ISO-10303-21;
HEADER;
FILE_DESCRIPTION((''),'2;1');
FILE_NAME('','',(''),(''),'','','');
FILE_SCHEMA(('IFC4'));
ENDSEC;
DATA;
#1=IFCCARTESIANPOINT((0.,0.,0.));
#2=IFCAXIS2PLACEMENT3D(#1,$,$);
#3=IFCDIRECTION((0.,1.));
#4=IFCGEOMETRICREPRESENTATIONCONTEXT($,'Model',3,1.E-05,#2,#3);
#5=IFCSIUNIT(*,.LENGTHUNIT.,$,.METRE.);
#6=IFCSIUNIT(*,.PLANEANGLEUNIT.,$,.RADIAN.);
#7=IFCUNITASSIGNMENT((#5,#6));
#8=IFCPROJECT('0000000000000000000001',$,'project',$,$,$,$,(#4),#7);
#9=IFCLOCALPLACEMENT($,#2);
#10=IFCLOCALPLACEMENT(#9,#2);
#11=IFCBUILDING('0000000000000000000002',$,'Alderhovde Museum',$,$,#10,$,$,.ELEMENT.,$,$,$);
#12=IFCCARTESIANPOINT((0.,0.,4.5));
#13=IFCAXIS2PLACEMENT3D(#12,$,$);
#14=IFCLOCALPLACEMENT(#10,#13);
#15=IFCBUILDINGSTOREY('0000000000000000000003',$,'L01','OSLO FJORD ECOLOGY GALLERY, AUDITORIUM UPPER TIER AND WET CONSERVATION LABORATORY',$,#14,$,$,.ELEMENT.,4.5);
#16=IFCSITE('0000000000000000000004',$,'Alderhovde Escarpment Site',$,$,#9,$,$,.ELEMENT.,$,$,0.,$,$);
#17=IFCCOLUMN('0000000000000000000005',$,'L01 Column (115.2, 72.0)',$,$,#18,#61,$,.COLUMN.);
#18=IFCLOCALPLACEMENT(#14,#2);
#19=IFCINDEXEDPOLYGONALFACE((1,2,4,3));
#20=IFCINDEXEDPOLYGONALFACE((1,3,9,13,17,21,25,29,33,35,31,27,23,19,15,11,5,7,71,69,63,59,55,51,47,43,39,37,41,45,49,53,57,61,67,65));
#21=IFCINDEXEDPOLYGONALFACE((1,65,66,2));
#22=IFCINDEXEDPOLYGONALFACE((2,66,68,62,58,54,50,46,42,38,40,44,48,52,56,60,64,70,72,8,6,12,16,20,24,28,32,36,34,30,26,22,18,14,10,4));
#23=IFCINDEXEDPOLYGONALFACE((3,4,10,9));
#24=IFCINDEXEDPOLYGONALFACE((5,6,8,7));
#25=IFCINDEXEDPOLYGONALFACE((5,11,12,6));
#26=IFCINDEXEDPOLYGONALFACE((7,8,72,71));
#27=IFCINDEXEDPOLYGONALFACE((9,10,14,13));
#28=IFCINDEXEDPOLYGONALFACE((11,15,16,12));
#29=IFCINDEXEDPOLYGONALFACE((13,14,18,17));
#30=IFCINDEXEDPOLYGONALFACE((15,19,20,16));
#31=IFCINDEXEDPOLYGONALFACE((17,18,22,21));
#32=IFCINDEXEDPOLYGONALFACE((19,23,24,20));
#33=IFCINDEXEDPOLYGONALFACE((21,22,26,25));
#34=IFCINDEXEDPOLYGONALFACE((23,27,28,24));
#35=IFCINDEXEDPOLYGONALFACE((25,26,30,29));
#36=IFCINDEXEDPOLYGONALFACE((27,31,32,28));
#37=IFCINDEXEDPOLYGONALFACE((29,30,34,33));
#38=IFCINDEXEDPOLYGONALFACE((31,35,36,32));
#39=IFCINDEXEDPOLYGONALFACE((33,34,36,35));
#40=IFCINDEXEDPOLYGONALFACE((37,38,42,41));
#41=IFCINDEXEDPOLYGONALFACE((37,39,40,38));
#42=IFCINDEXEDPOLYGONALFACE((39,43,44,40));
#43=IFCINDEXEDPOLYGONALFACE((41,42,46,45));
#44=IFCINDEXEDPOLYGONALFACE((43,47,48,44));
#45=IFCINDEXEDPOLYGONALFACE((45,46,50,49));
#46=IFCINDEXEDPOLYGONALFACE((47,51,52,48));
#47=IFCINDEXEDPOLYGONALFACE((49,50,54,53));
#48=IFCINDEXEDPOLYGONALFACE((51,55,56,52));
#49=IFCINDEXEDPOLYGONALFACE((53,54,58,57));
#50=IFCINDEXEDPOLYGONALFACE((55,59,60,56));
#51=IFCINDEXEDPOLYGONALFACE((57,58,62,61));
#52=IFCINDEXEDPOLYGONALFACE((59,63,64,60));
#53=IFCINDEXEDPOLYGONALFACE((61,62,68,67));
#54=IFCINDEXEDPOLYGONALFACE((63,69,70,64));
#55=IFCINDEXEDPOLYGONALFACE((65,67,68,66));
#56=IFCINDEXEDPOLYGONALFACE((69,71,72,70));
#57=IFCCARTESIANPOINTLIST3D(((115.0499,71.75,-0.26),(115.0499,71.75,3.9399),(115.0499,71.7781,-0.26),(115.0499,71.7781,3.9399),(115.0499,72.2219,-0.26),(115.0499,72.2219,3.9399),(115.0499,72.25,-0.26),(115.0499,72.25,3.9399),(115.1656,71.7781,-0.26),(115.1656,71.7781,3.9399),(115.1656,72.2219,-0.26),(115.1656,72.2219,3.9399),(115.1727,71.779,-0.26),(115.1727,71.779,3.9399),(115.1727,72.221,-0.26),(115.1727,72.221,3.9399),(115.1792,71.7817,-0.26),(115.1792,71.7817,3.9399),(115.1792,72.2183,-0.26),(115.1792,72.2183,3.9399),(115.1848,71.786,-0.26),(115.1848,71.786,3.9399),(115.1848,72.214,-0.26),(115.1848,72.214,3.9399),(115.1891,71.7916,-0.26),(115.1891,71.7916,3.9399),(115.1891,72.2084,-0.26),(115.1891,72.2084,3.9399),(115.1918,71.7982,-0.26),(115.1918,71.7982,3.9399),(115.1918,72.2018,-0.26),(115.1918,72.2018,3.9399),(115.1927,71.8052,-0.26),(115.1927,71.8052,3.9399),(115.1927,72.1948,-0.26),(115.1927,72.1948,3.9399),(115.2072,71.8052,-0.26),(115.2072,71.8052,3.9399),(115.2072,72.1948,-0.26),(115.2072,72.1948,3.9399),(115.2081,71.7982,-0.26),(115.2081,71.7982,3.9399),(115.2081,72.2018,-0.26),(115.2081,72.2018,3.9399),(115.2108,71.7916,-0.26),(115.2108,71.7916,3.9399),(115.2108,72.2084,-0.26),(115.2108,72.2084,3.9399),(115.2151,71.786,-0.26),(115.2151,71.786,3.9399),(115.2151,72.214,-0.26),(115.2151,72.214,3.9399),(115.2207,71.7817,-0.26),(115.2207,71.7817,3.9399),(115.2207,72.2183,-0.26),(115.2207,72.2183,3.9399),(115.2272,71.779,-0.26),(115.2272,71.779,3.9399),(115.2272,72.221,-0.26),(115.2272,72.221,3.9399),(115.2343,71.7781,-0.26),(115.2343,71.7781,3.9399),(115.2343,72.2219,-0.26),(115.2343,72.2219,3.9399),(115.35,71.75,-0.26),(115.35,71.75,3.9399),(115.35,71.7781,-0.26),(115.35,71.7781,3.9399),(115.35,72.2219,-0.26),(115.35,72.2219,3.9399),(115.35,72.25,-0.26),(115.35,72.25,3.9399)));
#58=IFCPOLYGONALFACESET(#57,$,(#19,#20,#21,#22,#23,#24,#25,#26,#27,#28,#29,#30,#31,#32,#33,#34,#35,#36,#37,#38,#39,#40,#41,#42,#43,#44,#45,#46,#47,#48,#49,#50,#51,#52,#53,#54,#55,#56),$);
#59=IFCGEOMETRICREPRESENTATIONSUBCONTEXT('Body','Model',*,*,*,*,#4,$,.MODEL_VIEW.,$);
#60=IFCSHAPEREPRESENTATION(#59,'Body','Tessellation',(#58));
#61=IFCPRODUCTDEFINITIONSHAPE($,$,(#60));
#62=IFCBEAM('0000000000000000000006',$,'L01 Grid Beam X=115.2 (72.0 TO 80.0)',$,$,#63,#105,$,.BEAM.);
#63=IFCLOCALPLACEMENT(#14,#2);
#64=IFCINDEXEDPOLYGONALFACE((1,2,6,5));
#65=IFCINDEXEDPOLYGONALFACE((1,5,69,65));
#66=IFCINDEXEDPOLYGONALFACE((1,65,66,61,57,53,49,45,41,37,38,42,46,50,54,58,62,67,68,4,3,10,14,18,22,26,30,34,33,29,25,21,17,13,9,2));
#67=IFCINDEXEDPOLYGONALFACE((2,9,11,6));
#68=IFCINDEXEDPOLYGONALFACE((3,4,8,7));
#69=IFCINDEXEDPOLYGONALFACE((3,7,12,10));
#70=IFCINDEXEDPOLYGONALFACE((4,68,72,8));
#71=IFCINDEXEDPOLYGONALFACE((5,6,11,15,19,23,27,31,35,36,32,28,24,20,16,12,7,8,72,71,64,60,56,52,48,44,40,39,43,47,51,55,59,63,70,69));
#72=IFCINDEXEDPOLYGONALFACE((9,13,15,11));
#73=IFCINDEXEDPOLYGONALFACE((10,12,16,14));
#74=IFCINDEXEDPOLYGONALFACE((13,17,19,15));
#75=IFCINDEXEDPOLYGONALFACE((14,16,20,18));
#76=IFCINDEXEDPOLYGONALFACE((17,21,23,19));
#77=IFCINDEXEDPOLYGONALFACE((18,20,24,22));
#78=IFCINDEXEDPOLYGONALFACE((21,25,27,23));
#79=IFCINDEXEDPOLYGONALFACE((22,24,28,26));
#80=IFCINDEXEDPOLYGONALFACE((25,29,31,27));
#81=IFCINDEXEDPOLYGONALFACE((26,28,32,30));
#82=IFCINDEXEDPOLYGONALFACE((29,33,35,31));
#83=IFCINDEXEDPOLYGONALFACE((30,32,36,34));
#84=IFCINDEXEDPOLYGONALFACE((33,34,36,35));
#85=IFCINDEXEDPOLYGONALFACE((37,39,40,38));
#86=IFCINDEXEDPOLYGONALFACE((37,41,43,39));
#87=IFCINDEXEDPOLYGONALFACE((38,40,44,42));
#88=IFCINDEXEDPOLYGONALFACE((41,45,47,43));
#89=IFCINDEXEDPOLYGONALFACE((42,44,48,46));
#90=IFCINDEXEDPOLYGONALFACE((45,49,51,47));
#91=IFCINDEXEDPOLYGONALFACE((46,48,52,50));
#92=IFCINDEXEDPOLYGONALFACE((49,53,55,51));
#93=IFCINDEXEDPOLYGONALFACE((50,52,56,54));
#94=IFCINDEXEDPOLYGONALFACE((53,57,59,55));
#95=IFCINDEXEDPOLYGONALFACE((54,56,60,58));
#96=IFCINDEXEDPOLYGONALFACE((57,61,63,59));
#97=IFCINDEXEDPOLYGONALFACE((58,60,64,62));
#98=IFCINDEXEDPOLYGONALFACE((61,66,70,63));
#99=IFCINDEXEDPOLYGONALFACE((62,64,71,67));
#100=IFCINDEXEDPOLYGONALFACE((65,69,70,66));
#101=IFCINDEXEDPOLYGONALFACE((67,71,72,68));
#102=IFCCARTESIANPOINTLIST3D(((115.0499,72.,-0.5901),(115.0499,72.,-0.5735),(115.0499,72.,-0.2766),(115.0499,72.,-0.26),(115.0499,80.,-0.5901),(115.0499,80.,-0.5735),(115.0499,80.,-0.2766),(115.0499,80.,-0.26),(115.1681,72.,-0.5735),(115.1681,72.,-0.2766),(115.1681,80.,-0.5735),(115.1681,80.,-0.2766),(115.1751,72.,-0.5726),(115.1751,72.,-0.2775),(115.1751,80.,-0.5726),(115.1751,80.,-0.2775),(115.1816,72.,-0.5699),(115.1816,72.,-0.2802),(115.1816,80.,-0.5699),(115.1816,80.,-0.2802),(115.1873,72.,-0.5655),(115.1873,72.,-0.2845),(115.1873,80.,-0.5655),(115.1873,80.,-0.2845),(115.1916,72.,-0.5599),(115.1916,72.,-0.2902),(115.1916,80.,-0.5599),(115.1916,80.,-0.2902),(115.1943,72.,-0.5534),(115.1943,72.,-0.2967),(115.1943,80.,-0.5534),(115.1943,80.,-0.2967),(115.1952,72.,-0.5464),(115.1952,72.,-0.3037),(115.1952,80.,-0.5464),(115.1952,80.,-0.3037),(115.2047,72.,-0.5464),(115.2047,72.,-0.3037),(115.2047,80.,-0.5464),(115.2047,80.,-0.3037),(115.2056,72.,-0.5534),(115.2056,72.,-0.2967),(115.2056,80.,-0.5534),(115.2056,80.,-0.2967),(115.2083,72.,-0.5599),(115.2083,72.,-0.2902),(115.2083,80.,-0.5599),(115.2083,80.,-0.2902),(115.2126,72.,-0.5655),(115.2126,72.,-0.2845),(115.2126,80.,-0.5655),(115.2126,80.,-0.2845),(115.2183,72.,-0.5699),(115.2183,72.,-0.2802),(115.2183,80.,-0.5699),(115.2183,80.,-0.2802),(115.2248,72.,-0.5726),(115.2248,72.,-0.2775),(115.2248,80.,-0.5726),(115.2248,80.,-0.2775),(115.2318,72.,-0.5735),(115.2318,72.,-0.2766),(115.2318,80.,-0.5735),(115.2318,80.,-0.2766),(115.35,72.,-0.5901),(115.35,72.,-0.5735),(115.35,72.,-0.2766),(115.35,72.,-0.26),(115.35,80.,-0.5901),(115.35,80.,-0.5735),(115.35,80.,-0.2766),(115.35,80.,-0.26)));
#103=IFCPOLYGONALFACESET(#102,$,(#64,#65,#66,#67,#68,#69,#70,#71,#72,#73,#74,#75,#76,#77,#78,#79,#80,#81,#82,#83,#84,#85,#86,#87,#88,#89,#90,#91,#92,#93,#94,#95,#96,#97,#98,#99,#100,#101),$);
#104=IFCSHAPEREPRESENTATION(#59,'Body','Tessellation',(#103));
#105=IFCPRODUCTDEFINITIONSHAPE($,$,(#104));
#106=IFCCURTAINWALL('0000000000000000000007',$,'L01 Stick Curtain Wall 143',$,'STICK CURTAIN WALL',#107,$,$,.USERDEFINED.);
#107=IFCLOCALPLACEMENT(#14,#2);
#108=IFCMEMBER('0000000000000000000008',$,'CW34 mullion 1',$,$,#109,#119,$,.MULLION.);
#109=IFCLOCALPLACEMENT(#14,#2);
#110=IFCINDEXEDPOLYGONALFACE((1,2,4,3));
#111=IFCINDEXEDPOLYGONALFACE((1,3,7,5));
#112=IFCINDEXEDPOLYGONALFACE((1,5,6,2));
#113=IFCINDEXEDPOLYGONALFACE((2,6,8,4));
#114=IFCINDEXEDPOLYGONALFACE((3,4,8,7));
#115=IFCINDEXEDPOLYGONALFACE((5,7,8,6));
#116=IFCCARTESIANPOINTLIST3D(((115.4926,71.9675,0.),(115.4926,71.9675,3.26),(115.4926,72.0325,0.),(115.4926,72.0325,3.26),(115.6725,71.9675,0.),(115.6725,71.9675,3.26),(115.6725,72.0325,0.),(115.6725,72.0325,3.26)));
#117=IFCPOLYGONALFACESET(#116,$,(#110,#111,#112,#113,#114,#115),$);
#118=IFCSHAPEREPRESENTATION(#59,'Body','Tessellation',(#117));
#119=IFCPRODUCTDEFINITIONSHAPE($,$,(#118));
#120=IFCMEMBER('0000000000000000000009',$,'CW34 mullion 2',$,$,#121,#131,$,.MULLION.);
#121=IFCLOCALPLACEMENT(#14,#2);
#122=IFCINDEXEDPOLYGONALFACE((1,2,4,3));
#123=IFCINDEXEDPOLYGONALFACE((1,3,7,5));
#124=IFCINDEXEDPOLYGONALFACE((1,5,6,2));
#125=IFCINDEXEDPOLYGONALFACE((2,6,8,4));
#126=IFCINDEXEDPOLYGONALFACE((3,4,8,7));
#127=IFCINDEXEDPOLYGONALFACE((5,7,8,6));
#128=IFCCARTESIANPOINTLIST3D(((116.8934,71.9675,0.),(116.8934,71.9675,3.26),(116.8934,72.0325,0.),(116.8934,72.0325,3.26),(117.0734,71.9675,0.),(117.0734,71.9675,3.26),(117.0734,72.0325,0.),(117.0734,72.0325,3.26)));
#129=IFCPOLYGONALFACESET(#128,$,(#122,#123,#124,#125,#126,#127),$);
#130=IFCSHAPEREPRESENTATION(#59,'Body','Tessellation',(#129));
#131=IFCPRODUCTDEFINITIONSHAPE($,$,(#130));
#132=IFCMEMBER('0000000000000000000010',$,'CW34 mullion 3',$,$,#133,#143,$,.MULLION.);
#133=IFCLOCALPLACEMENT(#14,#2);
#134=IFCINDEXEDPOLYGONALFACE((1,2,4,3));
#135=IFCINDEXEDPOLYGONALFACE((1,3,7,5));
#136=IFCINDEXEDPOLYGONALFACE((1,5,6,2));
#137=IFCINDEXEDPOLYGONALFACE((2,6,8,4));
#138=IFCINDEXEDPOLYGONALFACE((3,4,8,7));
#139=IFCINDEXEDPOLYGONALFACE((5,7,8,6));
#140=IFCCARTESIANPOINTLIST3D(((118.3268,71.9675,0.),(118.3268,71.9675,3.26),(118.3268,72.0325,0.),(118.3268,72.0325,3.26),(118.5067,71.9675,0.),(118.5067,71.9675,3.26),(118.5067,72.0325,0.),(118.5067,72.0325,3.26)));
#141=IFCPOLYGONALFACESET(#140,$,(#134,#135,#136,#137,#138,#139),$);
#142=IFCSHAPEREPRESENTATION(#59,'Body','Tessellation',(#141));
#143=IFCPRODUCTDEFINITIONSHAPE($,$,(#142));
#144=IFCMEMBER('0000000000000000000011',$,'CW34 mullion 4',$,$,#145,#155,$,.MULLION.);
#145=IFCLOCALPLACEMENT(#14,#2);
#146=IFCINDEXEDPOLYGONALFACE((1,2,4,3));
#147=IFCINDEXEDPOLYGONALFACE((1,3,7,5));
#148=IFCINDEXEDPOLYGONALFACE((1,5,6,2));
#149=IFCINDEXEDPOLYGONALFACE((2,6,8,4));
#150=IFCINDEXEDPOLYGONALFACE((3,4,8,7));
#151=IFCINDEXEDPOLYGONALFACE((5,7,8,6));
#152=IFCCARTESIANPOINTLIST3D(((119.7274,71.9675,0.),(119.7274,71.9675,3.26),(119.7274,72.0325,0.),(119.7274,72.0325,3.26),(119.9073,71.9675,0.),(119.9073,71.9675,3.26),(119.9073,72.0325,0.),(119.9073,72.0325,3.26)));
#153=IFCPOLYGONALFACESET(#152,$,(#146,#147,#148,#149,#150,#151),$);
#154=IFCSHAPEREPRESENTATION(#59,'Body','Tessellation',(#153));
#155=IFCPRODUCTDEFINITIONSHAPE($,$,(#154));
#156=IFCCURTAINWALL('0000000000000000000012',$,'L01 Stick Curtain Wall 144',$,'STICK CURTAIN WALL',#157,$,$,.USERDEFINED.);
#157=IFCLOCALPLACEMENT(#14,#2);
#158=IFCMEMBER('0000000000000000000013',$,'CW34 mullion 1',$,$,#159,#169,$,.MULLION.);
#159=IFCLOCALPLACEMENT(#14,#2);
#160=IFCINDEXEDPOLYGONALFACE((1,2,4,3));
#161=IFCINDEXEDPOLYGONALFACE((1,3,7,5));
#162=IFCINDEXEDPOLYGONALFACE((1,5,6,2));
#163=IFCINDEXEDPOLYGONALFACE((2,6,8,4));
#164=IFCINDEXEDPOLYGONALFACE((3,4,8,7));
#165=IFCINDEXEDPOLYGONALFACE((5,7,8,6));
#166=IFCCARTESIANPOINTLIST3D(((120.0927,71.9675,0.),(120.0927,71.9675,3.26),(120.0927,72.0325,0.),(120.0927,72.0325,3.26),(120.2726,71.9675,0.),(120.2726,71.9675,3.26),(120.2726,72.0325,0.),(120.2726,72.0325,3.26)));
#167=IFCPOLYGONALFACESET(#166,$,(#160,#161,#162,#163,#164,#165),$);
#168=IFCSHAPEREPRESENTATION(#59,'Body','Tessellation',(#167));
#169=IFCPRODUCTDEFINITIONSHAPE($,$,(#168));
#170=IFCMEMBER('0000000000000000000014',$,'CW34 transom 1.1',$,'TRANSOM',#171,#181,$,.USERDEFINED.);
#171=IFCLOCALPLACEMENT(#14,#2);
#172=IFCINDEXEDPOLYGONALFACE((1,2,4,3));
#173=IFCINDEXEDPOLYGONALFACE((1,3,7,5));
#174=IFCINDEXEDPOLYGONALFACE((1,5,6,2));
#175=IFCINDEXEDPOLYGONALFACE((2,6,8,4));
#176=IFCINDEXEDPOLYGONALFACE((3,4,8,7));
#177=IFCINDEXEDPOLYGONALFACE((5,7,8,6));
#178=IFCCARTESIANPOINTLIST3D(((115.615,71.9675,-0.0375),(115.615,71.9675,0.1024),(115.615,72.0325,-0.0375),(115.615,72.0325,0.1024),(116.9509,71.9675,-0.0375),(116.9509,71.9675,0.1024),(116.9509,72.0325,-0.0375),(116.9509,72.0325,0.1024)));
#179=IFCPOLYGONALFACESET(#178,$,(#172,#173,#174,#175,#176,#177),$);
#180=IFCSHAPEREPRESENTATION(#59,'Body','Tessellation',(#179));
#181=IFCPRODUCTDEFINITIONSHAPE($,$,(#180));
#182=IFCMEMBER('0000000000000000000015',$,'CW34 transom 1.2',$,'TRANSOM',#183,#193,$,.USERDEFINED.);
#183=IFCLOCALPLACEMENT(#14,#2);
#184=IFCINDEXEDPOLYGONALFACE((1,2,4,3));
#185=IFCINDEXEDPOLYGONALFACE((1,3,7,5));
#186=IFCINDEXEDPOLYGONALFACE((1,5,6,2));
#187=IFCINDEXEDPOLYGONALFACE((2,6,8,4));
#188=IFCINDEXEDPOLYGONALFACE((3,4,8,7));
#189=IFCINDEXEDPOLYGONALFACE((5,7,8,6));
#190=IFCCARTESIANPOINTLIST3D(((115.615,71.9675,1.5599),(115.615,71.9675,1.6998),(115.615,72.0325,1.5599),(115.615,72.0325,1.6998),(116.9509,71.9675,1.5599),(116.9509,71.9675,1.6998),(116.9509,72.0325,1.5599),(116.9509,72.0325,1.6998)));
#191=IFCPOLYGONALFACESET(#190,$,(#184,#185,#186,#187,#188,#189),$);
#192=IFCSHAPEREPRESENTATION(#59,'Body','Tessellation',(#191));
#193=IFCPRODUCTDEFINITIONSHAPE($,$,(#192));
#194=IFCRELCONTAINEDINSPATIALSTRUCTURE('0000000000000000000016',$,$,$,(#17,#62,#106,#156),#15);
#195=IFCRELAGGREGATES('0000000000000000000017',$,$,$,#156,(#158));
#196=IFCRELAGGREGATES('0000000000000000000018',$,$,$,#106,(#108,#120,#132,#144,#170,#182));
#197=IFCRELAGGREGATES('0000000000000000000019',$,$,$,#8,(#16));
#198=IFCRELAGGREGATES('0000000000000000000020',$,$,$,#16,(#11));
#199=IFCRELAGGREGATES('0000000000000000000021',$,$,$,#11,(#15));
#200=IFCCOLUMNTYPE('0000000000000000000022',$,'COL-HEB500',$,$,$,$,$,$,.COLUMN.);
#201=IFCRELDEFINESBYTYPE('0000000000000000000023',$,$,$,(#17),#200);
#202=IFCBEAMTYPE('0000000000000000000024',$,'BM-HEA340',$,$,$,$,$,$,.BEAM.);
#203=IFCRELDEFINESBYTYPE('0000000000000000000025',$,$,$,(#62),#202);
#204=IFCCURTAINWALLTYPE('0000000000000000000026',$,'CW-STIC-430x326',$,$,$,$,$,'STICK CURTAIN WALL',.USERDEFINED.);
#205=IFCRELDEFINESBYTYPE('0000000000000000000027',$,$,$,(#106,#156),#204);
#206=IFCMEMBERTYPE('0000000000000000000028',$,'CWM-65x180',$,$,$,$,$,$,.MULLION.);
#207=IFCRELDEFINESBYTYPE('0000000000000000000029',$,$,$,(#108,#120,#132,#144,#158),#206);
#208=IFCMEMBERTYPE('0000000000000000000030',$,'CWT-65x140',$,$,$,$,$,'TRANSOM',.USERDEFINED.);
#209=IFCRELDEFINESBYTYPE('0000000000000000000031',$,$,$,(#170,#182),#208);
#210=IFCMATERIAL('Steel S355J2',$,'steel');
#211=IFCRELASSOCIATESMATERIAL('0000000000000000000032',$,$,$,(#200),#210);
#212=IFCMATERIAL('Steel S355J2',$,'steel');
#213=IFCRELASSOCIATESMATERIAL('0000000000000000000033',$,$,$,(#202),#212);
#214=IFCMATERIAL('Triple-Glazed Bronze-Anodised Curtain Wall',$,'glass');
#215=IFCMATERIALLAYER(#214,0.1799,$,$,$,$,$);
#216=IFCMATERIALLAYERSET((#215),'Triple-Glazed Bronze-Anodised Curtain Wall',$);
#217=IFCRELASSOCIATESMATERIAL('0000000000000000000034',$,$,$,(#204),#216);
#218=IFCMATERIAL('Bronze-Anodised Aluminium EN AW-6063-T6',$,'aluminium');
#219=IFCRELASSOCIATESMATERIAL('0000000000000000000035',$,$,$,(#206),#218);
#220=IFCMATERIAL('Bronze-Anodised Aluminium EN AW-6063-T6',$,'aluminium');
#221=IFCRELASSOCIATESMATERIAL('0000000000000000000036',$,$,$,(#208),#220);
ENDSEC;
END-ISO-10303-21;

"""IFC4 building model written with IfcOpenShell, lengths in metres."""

from ifc_helpers import new_model, si_unit, direction, frame, origin, origin_2d, place, context, subcontext, project, spatial, rectangle, i_section, extrude, material, layer, layer_set, material_profile, profile_set, type_object, element, aggregate, save


model = new_model("IFC4")

# Units and contexts
model_context = context("Model", 3, precision=1e-05, world=origin(), true_north=direction((0.0, 1.0)))
body_context = subcontext(model_context, "Body", "Model", "MODEL_VIEW")
ifc_project = project(units=[si_unit("LENGTHUNIT", "METRE"), si_unit("PLANEANGLEUNIT", "RADIAN")], contexts=[model_context])

# Site, building, storey
site_placement = place(None, origin())
site = spatial("IfcSite", under=ifc_project, at=site_placement, Name="Alderhovde Escarpment Site", CompositionType="ELEMENT", RefElevation=0.0)
building_placement = place(site_placement, origin())
building = spatial("IfcBuilding", under=site, at=building_placement, Name="Alderhovde Museum", CompositionType="ELEMENT")
storey_placement = place(building_placement, frame((0.0, 0.0, 4.5)))
storey = spatial("IfcBuildingStorey", under=building, at=storey_placement, Name="L01", Description="OSLO FJORD ECOLOGY GALLERY, AUDITORIUM UPPER TIER AND WET CONSERVATION LABORATORY", CompositionType="ELEMENT", Elevation=4.5)

# Column
ifc_material_1 = material(Name="Steel S355J2", Category="steel")
ifc_material_profile_1 = material_profile(ifc_material_1, i_section(OverallWidth=0.3, OverallDepth=0.5, WebThickness=0.0144, FlangeThickness=0.0281, FilletRadius=0.0271, at=origin_2d()), Name="HEB 500")
ifc_profile_set_1 = profile_set([ifc_material_profile_1], Name="Steel S355J2")
column_type = type_object("IfcColumnType", Name="COL-HEB500", PredefinedType="COLUMN", material=ifc_profile_set_1)
column_placement = place(storey_placement, frame((115.2, 72.0, -0.26), z_axis=(0.0, 0.0, 1.0), x_axis=(1.0, 0.0, 0.0)))
element("IfcColumn", 1, at=column_placement, inside=storey, type_object=column_type, Name="L01 Column (115.2, 72.0)", PredefinedType="COLUMN", context=body_context, shape_type="SweptSolid", body=[
    extrude(i_section(OverallWidth=0.3, OverallDepth=0.5, WebThickness=0.0144, FlangeThickness=0.0281, FilletRadius=0.0271, at=origin_2d()), origin(), (0.0, 0.0, 1.0), 4.2),
])

# Beam
ifc_material_2 = material(Name="Steel S355J2", Category="steel")
ifc_material_profile_2 = material_profile(ifc_material_2, i_section(OverallWidth=0.3, OverallDepth=0.3301, WebThickness=0.0095, FlangeThickness=0.0166, FilletRadius=0.0271, at=origin_2d()), Name="HEA 340")
ifc_profile_set_2 = profile_set([ifc_material_profile_2], Name="Steel S355J2")
beam_type_1 = type_object("IfcBeamType", Name="BM-HEA340", PredefinedType="BEAM", material=ifc_profile_set_2)
beam_1_placement = place(storey_placement, frame((115.2, 72.0, -0.425), z_axis=(0.0, 1.0, 0.0), x_axis=(-1.0, 0.0, 0.0)))
element("IfcBeam", 2, at=beam_1_placement, inside=storey, type_object=beam_type_1, Name="L01 Grid Beam X=115.2 (72.0 TO 80.0)", PredefinedType="BEAM", context=body_context, shape_type="SweptSolid", body=[
    extrude(i_section(OverallWidth=0.3, OverallDepth=0.3301, WebThickness=0.0095, FlangeThickness=0.0166, FilletRadius=0.0271, at=origin_2d()), origin(), (0.0, 0.0, 1.0), 8.0),
])

# Curtain wall, members
ifc_material_3 = material(Name="Triple-Glazed Bronze-Anodised Curtain Wall", Category="glass")
ifc_layer_1 = layer(ifc_material_3, 0.1799)
ifc_layer_set_1 = layer_set([ifc_layer_1], Name="Triple-Glazed Bronze-Anodised Curtain Wall")
curtain_wall_type = type_object("IfcCurtainWallType", Name="CW-STIC-430x326", ElementType="STICK CURTAIN WALL", PredefinedType="USERDEFINED", material=ifc_layer_set_1)
curtain_wall_1_placement = place(storey_placement, origin())
curtain_wall_1 = element("IfcCurtainWall", 3, at=curtain_wall_1_placement, inside=storey, type_object=curtain_wall_type, Name="L01 Stick Curtain Wall 143", ObjectType="STICK CURTAIN WALL", PredefinedType="USERDEFINED")
ifc_material_4 = material(Name="Bronze-Anodised Aluminium EN AW-6063-T6", Category="aluminium")
ifc_material_profile_3 = material_profile(ifc_material_4, rectangle(XDim=0.0649, YDim=0.1799, at=origin_2d()), Name="MULLION 65x180")
ifc_profile_set_3 = profile_set([ifc_material_profile_3], Name="Bronze-Anodised Aluminium EN AW-6063-T6")
member_type_1 = type_object("IfcMemberType", Name="CWM-65x180", PredefinedType="MULLION", material=ifc_profile_set_3)
member_1_placement = place(storey_placement, frame((115.5825, 72.0, 0.0), z_axis=(0.0, 0.0, 1.0), x_axis=(0.0, 1.0, 0.0)))
member_1 = element("IfcMember", 4, at=member_1_placement, type_object=member_type_1, Name="CW34 mullion 1", PredefinedType="MULLION", context=body_context, shape_type="SweptSolid", body=[
    extrude(rectangle(XDim=0.0649, YDim=0.1799, at=origin_2d()), origin(), (0.0, 0.0, 1.0), 3.26),
])
member_2_placement = place(storey_placement, frame((116.9834, 72.0, 0.0), z_axis=(0.0, 0.0, 1.0), x_axis=(0.0, 1.0, 0.0)))
member_2 = element("IfcMember", 5, at=member_2_placement, type_object=member_type_1, Name="CW34 mullion 2", PredefinedType="MULLION", context=body_context, shape_type="SweptSolid", body=[
    extrude(rectangle(XDim=0.0649, YDim=0.1799, at=origin_2d()), origin(), (0.0, 0.0, 1.0), 3.26),
])
member_3_placement = place(storey_placement, frame((118.4167, 72.0, 0.0), z_axis=(0.0, 0.0, 1.0), x_axis=(0.0, 1.0, 0.0)))
member_3 = element("IfcMember", 6, at=member_3_placement, type_object=member_type_1, Name="CW34 mullion 3", PredefinedType="MULLION", context=body_context, shape_type="SweptSolid", body=[
    extrude(rectangle(XDim=0.0649, YDim=0.1799, at=origin_2d()), origin(), (0.0, 0.0, 1.0), 3.26),
])
member_4_placement = place(storey_placement, frame((119.8174, 72.0, 0.0), z_axis=(0.0, 0.0, 1.0), x_axis=(0.0, 1.0, 0.0)))
member_4 = element("IfcMember", 7, at=member_4_placement, type_object=member_type_1, Name="CW34 mullion 4", PredefinedType="MULLION", context=body_context, shape_type="SweptSolid", body=[
    extrude(rectangle(XDim=0.0649, YDim=0.1799, at=origin_2d()), origin(), (0.0, 0.0, 1.0), 3.26),
])

# Curtain wall, member
curtain_wall_2_placement = place(storey_placement, origin())
curtain_wall_2 = element("IfcCurtainWall", 8, at=curtain_wall_2_placement, inside=storey, type_object=curtain_wall_type, Name="L01 Stick Curtain Wall 144", ObjectType="STICK CURTAIN WALL", PredefinedType="USERDEFINED")
member_5_placement = place(storey_placement, frame((120.1826, 72.0, 0.0), z_axis=(0.0, 0.0, 1.0), x_axis=(0.0, 1.0, 0.0)))
member_5 = element("IfcMember", 9, at=member_5_placement, type_object=member_type_1, Name="CW34 mullion 1", PredefinedType="MULLION", context=body_context, shape_type="SweptSolid", body=[
    extrude(rectangle(XDim=0.0649, YDim=0.1799, at=origin_2d()), origin(), (0.0, 0.0, 1.0), 3.26),
])

# Members
ifc_material_5 = material(Name="Bronze-Anodised Aluminium EN AW-6063-T6", Category="aluminium")
ifc_material_profile_4 = material_profile(ifc_material_5, rectangle(XDim=0.0649, YDim=0.1399, at=origin_2d()), Name="TRANSOM 65x140")
ifc_profile_set_4 = profile_set([ifc_material_profile_4], Name="Bronze-Anodised Aluminium EN AW-6063-T6")
member_type_2 = type_object("IfcMemberType", Name="CWT-65x140", ElementType="TRANSOM", PredefinedType="USERDEFINED", material=ifc_profile_set_4)
member_6_placement = place(storey_placement, frame((115.615, 72.0, 0.0325), z_axis=(1.0, 0.0, 0.0), x_axis=(0.0, 1.0, 0.0)))
member_6 = element("IfcMember", 10, at=member_6_placement, type_object=member_type_2, Name="CW34 transom 1.1", ObjectType="TRANSOM", PredefinedType="USERDEFINED", context=body_context, shape_type="SweptSolid", body=[
    extrude(rectangle(XDim=0.0649, YDim=0.1399, at=origin_2d()), origin(), (0.0, 0.0, 1.0), 1.3359),
])
member_7_placement = place(storey_placement, frame((115.615, 72.0, 1.6299), z_axis=(1.0, 0.0, 0.0), x_axis=(0.0, 1.0, 0.0)))
member_7 = element("IfcMember", 11, at=member_7_placement, type_object=member_type_2, Name="CW34 transom 1.2", ObjectType="TRANSOM", PredefinedType="USERDEFINED", context=body_context, shape_type="SweptSolid", body=[
    extrude(rectangle(XDim=0.0649, YDim=0.1399, at=origin_2d()), origin(), (0.0, 0.0, 1.0), 1.3359),
])

aggregate(curtain_wall_2, [member_5])
aggregate(curtain_wall_1, [member_1, member_2, member_3, member_4, member_6, member_7])

save(model, "model.ifc")
